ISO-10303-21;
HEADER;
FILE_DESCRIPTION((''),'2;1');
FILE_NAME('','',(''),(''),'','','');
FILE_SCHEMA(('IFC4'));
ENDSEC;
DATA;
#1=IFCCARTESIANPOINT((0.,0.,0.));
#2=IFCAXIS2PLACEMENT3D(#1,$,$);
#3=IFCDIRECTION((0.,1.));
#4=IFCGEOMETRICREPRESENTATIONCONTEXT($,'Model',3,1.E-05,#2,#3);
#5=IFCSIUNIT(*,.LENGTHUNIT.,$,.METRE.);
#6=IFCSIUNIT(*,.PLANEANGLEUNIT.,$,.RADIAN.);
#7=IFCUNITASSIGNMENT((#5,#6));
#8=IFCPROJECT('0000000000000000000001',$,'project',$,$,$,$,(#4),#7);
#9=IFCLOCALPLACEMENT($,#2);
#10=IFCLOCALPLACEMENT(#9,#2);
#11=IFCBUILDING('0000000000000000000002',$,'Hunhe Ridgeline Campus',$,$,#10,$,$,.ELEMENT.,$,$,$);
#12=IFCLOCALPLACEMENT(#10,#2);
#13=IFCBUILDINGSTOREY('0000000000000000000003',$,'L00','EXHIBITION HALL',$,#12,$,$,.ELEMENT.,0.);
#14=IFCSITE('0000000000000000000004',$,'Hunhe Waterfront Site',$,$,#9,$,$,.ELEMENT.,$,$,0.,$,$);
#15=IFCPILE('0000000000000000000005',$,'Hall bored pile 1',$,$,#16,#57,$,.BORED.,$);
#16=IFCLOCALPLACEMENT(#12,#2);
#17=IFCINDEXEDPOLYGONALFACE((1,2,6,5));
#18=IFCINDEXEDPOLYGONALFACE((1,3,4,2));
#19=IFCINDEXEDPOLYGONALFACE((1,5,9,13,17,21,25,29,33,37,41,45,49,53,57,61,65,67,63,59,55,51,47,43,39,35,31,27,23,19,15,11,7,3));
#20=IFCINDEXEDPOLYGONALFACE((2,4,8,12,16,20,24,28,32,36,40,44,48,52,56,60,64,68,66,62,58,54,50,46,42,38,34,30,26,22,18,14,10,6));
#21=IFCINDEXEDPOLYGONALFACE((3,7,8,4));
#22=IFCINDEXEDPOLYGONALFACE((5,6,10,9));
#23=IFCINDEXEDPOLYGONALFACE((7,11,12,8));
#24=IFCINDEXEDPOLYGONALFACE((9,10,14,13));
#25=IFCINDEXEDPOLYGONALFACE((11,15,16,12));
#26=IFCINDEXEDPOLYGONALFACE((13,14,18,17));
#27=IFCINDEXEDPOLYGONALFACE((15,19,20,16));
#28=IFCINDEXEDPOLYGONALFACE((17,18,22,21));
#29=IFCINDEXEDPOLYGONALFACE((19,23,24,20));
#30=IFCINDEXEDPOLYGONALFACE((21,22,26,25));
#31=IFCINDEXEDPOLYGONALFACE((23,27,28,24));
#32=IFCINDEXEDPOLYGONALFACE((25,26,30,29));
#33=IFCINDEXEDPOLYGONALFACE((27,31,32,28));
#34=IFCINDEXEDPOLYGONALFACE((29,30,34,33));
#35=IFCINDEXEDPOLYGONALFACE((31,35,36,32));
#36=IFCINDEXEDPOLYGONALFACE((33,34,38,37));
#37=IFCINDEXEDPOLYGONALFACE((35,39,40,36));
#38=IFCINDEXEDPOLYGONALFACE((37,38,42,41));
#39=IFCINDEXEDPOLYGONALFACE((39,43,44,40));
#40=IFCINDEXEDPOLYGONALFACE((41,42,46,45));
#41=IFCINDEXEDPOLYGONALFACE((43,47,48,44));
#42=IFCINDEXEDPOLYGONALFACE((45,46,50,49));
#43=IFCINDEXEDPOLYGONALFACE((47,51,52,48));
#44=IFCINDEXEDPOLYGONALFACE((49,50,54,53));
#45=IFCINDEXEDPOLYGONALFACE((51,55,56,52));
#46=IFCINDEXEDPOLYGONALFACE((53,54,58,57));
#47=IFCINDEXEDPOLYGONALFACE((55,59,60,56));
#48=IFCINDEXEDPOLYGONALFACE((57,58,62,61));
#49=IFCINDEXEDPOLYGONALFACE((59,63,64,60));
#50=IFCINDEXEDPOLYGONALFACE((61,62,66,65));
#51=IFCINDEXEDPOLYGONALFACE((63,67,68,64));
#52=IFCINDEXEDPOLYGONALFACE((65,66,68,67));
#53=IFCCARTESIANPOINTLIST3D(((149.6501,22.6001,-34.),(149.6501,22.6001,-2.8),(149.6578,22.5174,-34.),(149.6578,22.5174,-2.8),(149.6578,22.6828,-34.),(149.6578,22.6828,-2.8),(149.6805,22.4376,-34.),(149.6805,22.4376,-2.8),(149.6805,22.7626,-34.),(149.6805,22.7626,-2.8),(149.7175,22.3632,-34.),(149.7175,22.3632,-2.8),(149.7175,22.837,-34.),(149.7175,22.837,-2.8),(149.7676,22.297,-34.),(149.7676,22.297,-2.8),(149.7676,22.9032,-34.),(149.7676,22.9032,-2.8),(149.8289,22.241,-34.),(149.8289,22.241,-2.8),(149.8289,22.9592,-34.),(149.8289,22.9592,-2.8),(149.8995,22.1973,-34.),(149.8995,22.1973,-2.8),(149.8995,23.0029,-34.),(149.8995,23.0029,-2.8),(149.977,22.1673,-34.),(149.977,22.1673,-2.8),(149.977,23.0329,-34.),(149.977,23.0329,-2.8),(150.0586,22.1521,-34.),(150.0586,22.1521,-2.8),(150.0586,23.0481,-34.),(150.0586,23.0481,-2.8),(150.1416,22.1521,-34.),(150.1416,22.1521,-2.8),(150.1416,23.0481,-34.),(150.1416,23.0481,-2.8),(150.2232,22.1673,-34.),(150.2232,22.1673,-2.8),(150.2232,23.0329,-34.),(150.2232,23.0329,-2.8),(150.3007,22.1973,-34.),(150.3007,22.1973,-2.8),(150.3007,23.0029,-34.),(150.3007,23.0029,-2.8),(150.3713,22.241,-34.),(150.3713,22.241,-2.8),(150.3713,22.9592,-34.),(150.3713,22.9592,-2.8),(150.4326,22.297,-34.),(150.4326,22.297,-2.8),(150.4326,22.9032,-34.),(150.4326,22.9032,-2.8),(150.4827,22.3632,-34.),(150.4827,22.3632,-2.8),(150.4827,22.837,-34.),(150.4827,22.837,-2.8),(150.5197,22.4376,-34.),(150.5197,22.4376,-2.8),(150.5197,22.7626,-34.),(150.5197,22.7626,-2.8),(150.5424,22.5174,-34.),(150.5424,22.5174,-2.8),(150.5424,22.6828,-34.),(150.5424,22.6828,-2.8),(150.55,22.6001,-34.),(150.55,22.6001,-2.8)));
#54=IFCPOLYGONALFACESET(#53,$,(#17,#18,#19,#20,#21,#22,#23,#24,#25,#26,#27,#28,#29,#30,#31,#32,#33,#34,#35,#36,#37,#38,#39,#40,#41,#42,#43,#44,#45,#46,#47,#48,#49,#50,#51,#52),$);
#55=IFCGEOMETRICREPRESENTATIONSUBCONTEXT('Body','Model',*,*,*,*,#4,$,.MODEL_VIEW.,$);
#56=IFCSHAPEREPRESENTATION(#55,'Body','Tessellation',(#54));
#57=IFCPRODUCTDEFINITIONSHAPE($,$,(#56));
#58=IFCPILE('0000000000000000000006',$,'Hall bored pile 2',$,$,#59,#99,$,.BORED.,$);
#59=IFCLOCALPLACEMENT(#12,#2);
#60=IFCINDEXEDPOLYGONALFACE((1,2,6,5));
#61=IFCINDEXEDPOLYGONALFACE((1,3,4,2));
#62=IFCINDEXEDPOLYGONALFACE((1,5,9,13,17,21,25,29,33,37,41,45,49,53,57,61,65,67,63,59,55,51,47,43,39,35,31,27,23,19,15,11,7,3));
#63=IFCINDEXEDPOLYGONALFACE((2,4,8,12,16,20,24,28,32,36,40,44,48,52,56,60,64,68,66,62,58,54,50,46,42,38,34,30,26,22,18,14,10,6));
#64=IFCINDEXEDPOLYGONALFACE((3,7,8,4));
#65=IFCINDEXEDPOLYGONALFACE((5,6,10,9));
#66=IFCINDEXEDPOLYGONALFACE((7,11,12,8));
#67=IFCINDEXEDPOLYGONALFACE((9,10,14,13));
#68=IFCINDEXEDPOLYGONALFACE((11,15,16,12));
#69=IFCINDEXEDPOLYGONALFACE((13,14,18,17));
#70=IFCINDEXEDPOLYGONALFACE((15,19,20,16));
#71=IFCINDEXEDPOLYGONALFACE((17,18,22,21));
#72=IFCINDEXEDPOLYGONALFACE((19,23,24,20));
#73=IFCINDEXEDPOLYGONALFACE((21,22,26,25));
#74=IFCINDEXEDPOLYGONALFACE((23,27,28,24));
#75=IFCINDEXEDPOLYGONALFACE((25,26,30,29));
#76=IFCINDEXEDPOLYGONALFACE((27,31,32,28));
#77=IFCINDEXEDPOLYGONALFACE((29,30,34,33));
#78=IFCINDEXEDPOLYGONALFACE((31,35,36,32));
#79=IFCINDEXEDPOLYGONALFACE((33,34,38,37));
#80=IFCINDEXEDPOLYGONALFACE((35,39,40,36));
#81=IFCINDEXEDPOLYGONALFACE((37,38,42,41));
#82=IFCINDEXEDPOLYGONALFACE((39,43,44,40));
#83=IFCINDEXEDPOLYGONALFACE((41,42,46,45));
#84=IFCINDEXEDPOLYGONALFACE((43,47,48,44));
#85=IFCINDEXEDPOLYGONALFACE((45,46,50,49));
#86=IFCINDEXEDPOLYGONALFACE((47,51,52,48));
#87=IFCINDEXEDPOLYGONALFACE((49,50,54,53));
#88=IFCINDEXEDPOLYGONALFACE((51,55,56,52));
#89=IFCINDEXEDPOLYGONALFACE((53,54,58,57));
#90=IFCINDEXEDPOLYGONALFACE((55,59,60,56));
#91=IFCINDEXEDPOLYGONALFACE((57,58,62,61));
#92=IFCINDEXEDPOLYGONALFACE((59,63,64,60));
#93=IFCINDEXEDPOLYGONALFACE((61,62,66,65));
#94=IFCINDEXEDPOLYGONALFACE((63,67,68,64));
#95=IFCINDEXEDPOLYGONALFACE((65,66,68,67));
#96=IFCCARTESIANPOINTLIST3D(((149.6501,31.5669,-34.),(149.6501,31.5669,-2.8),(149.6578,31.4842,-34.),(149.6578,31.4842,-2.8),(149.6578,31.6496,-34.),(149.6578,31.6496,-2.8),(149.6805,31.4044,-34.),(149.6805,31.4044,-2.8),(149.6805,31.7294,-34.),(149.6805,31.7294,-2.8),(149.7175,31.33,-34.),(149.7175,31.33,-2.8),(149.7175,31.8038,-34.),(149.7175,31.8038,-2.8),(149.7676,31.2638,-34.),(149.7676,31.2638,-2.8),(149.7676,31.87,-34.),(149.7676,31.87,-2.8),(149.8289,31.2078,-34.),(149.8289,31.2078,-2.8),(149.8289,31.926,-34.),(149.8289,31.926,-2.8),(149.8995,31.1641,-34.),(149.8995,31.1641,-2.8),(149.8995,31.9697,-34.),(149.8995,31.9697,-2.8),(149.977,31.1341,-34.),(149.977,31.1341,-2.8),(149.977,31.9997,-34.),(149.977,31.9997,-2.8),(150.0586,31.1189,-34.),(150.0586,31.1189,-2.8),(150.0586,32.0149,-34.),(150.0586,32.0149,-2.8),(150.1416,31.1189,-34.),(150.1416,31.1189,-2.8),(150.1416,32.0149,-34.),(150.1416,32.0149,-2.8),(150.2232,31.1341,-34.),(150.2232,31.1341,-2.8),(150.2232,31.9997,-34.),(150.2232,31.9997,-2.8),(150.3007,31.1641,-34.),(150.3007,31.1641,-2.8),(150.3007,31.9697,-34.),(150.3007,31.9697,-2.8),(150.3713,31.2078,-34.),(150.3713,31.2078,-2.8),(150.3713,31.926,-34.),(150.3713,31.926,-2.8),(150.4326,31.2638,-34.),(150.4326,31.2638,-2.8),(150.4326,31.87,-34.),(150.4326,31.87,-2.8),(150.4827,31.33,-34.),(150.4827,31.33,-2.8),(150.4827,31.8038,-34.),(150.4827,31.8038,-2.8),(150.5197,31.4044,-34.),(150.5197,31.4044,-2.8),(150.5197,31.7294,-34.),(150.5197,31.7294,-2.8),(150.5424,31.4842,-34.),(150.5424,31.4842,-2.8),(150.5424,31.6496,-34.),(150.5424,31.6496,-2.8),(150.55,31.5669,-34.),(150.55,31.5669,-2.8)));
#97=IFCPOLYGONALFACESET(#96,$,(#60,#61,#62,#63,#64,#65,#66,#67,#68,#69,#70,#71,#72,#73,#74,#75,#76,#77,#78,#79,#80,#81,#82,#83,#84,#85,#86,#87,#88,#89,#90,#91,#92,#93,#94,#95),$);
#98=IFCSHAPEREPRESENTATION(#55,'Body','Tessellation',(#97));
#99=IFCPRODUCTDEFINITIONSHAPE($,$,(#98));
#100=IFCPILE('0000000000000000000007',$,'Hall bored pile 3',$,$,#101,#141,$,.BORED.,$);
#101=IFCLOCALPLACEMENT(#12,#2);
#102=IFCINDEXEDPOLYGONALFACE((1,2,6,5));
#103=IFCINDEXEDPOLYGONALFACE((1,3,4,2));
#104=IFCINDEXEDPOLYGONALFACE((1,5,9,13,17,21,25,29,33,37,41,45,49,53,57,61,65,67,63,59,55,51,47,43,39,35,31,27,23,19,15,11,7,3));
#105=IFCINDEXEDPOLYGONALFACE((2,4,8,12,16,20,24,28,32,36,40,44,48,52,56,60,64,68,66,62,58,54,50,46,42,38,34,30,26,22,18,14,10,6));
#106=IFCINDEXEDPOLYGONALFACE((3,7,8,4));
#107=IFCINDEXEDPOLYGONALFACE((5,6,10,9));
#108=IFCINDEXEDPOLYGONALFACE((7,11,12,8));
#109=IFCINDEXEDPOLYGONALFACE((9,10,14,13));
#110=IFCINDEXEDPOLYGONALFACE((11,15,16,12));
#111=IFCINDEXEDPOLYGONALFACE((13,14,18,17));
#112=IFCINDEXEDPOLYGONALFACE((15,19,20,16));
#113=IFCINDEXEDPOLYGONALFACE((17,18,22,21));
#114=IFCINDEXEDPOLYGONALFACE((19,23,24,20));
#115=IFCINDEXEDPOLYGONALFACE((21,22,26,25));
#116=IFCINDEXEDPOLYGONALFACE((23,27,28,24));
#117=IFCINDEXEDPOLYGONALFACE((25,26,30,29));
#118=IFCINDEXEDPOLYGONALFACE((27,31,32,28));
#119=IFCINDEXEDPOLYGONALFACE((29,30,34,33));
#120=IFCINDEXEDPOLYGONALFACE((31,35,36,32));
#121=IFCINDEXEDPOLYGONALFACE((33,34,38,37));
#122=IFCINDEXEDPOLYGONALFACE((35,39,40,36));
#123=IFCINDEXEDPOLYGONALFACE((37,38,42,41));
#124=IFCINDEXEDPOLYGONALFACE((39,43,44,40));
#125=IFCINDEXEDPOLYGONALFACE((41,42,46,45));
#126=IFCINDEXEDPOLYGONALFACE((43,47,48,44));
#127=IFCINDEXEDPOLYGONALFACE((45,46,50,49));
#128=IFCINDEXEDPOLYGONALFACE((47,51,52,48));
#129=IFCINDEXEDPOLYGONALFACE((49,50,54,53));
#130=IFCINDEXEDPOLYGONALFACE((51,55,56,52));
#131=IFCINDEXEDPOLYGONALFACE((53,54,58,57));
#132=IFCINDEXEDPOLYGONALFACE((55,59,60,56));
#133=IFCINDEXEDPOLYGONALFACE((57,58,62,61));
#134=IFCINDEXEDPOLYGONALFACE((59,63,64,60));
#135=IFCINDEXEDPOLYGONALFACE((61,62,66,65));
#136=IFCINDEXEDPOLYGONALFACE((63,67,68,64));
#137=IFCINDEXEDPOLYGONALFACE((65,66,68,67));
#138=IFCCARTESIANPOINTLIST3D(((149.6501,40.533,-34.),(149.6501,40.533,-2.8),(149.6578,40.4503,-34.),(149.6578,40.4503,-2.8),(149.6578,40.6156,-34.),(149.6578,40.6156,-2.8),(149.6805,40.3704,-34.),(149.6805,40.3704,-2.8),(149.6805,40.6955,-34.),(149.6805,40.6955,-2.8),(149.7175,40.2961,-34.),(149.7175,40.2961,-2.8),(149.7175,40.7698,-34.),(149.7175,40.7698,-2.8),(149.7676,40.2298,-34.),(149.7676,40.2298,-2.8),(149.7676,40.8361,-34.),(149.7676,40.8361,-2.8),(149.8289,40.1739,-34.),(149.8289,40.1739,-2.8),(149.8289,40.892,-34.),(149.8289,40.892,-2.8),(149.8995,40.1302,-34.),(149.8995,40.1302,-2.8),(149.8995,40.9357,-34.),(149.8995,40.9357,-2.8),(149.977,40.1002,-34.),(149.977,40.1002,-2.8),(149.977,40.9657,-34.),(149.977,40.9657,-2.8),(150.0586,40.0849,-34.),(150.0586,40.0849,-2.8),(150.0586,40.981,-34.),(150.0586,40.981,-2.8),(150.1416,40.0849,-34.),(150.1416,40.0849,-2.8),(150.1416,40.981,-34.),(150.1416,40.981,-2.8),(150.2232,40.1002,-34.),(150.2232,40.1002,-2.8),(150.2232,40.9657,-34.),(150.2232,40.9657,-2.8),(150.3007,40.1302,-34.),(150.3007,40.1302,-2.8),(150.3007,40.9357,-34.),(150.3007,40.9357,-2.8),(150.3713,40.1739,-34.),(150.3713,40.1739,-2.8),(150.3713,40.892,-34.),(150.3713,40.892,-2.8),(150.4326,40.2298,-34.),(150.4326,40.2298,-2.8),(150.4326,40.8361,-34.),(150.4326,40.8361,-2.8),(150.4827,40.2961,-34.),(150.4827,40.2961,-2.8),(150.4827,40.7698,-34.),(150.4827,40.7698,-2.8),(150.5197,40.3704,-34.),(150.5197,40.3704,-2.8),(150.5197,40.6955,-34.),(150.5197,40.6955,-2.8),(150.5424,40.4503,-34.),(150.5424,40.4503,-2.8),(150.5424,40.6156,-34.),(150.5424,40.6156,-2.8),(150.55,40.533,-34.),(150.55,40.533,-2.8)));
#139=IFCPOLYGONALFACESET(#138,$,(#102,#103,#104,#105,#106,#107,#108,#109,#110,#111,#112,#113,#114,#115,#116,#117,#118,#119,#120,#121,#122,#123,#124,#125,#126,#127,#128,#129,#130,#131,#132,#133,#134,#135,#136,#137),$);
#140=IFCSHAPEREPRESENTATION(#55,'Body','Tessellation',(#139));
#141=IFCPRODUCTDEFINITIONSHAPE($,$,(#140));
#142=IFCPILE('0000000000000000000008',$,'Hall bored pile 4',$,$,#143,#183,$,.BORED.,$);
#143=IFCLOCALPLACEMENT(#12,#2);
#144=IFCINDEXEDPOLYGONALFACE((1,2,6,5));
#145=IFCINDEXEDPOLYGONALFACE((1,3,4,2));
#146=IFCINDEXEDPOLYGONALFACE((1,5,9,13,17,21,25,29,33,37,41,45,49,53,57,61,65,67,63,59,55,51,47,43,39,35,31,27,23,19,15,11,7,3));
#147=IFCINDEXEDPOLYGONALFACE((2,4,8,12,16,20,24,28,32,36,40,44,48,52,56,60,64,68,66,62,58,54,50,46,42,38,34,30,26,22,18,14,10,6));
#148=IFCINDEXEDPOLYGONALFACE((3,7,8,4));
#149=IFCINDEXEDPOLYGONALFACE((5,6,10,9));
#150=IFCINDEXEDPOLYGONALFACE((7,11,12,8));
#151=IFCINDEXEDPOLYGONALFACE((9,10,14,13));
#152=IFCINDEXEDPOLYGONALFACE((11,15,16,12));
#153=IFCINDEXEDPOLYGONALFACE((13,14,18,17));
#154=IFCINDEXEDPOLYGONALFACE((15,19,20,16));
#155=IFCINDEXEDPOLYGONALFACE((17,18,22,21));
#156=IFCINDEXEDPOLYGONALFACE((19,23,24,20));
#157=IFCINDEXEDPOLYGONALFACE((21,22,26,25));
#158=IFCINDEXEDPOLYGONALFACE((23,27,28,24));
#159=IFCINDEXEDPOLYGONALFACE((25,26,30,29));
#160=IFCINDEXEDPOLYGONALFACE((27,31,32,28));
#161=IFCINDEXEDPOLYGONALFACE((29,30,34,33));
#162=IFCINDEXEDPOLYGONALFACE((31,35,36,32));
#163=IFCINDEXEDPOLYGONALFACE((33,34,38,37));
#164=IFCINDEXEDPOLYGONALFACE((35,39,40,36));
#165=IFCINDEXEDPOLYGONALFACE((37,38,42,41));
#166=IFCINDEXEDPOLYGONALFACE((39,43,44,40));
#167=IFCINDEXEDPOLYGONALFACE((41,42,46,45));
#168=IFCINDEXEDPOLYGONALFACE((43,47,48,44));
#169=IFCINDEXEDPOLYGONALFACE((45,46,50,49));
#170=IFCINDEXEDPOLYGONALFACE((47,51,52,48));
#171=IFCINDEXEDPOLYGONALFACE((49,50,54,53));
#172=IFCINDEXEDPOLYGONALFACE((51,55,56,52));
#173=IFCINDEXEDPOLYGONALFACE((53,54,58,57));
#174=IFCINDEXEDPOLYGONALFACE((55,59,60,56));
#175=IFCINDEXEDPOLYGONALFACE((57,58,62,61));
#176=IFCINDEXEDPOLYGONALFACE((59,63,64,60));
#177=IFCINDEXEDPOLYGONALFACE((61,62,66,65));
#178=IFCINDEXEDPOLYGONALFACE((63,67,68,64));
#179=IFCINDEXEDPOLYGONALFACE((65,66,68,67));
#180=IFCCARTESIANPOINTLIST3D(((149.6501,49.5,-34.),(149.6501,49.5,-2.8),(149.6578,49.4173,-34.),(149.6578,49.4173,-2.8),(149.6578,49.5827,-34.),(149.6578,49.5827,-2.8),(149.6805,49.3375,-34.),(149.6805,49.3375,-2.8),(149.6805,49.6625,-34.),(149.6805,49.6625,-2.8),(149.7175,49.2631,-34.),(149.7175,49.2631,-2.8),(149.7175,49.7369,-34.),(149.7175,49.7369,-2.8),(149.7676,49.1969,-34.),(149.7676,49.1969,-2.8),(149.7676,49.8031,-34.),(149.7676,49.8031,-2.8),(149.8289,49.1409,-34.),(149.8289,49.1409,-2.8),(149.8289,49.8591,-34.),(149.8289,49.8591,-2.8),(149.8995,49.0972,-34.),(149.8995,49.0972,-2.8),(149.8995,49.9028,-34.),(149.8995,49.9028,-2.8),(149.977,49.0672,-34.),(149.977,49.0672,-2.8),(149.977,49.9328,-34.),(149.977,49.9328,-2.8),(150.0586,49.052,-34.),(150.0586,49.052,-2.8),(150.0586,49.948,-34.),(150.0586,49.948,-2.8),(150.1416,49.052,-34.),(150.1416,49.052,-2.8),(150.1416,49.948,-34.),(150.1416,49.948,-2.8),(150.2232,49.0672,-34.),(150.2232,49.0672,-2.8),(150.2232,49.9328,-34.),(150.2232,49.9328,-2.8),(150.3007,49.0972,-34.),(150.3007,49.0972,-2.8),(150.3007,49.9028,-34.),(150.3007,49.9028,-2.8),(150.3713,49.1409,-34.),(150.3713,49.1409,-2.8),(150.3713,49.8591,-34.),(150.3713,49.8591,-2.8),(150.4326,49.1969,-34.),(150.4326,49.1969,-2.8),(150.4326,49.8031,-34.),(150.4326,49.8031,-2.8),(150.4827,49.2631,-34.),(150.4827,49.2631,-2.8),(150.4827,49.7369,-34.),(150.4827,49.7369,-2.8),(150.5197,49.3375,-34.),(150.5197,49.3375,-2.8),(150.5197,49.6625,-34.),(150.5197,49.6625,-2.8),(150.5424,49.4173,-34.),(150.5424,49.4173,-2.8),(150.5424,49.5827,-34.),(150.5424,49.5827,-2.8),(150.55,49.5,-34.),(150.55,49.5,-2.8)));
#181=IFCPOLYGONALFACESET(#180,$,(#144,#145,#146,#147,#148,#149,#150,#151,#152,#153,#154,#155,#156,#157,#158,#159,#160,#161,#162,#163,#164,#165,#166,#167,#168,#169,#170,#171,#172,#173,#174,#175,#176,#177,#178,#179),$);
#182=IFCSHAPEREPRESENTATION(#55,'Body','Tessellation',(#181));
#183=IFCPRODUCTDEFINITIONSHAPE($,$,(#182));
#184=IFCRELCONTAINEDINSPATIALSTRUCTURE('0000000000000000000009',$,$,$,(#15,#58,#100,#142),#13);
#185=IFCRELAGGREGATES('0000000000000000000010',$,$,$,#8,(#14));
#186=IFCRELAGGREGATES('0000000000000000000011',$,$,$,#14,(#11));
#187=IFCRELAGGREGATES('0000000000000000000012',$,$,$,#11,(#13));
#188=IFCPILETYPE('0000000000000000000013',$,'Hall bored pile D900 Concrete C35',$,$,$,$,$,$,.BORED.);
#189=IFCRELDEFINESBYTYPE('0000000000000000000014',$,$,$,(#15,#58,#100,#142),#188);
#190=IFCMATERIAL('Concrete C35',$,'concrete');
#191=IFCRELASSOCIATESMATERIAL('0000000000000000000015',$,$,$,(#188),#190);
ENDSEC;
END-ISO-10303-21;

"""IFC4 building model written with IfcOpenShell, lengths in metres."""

from ifc_helpers import new_model, si_unit, direction, frame, origin, origin_2d, place, context, subcontext, project, spatial, circle, extrude, material, material_profile, profile_set, type_object, element, save


model = new_model("IFC4")

# Units and contexts
model_context = context("Model", 3, precision=1e-05, world=origin(), true_north=direction((0.0, 1.0)))
body_context = subcontext(model_context, "Body", "Model", "MODEL_VIEW")
ifc_project = project(units=[si_unit("LENGTHUNIT", "METRE"), si_unit("PLANEANGLEUNIT", "RADIAN")], contexts=[model_context])

# Site, building, storey
site_placement = place(None, origin())
site = spatial("IfcSite", under=ifc_project, at=site_placement, Name="Hunhe Waterfront Site", CompositionType="ELEMENT", RefElevation=0.0)
building_placement = place(site_placement, origin())
building = spatial("IfcBuilding", under=site, at=building_placement, Name="Hunhe Ridgeline Campus", CompositionType="ELEMENT")
storey_placement = place(building_placement, origin())
storey = spatial("IfcBuildingStorey", under=building, at=storey_placement, Name="L00", Description="EXHIBITION HALL", CompositionType="ELEMENT", Elevation=0.0)

# Piles
ifc_material_1 = material(Name="Concrete C35", Category="concrete")
ifc_material_profile_1 = material_profile(ifc_material_1, circle(Radius=0.45, at=origin_2d()))
ifc_profile_set_1 = profile_set([ifc_material_profile_1], Name="Concrete C35")
pile_type = type_object("IfcPileType", Name="Hall bored pile D900 Concrete C35", PredefinedType="BORED", material=ifc_profile_set_1)
for number, where, z_axis, x_axis, name in (
    (1, (150.1001, 22.6001, -2.8), (0.0, 0.0, -1.0), (1.0, 0.0, 0.0), "Hall bored pile 1"),
    (2, (150.1001, 31.5669, -2.8), (0.0, 0.0, -1.0), (1.0, 0.0, 0.0), "Hall bored pile 2"),
    (3, (150.1001, 40.533, -2.8), (0.0, 0.0, -1.0), (1.0, 0.0, 0.0), "Hall bored pile 3"),
    (4, (150.1001, 49.5, -2.8), (0.0, 0.0, -1.0), (1.0, 0.0, 0.0), "Hall bored pile 4"),
):
    element("IfcPile", number, at=place(storey_placement, frame(where, z_axis=z_axis, x_axis=x_axis)), inside=storey, type_object=pile_type, Name=name, PredefinedType="BORED", context=body_context, shape_type="SweptSolid", body=[
        extrude(circle(Radius=0.45, at=origin_2d()), origin(), (0.0, 0.0, 1.0), 31.2),
    ])

save(model, "model.ifc")
